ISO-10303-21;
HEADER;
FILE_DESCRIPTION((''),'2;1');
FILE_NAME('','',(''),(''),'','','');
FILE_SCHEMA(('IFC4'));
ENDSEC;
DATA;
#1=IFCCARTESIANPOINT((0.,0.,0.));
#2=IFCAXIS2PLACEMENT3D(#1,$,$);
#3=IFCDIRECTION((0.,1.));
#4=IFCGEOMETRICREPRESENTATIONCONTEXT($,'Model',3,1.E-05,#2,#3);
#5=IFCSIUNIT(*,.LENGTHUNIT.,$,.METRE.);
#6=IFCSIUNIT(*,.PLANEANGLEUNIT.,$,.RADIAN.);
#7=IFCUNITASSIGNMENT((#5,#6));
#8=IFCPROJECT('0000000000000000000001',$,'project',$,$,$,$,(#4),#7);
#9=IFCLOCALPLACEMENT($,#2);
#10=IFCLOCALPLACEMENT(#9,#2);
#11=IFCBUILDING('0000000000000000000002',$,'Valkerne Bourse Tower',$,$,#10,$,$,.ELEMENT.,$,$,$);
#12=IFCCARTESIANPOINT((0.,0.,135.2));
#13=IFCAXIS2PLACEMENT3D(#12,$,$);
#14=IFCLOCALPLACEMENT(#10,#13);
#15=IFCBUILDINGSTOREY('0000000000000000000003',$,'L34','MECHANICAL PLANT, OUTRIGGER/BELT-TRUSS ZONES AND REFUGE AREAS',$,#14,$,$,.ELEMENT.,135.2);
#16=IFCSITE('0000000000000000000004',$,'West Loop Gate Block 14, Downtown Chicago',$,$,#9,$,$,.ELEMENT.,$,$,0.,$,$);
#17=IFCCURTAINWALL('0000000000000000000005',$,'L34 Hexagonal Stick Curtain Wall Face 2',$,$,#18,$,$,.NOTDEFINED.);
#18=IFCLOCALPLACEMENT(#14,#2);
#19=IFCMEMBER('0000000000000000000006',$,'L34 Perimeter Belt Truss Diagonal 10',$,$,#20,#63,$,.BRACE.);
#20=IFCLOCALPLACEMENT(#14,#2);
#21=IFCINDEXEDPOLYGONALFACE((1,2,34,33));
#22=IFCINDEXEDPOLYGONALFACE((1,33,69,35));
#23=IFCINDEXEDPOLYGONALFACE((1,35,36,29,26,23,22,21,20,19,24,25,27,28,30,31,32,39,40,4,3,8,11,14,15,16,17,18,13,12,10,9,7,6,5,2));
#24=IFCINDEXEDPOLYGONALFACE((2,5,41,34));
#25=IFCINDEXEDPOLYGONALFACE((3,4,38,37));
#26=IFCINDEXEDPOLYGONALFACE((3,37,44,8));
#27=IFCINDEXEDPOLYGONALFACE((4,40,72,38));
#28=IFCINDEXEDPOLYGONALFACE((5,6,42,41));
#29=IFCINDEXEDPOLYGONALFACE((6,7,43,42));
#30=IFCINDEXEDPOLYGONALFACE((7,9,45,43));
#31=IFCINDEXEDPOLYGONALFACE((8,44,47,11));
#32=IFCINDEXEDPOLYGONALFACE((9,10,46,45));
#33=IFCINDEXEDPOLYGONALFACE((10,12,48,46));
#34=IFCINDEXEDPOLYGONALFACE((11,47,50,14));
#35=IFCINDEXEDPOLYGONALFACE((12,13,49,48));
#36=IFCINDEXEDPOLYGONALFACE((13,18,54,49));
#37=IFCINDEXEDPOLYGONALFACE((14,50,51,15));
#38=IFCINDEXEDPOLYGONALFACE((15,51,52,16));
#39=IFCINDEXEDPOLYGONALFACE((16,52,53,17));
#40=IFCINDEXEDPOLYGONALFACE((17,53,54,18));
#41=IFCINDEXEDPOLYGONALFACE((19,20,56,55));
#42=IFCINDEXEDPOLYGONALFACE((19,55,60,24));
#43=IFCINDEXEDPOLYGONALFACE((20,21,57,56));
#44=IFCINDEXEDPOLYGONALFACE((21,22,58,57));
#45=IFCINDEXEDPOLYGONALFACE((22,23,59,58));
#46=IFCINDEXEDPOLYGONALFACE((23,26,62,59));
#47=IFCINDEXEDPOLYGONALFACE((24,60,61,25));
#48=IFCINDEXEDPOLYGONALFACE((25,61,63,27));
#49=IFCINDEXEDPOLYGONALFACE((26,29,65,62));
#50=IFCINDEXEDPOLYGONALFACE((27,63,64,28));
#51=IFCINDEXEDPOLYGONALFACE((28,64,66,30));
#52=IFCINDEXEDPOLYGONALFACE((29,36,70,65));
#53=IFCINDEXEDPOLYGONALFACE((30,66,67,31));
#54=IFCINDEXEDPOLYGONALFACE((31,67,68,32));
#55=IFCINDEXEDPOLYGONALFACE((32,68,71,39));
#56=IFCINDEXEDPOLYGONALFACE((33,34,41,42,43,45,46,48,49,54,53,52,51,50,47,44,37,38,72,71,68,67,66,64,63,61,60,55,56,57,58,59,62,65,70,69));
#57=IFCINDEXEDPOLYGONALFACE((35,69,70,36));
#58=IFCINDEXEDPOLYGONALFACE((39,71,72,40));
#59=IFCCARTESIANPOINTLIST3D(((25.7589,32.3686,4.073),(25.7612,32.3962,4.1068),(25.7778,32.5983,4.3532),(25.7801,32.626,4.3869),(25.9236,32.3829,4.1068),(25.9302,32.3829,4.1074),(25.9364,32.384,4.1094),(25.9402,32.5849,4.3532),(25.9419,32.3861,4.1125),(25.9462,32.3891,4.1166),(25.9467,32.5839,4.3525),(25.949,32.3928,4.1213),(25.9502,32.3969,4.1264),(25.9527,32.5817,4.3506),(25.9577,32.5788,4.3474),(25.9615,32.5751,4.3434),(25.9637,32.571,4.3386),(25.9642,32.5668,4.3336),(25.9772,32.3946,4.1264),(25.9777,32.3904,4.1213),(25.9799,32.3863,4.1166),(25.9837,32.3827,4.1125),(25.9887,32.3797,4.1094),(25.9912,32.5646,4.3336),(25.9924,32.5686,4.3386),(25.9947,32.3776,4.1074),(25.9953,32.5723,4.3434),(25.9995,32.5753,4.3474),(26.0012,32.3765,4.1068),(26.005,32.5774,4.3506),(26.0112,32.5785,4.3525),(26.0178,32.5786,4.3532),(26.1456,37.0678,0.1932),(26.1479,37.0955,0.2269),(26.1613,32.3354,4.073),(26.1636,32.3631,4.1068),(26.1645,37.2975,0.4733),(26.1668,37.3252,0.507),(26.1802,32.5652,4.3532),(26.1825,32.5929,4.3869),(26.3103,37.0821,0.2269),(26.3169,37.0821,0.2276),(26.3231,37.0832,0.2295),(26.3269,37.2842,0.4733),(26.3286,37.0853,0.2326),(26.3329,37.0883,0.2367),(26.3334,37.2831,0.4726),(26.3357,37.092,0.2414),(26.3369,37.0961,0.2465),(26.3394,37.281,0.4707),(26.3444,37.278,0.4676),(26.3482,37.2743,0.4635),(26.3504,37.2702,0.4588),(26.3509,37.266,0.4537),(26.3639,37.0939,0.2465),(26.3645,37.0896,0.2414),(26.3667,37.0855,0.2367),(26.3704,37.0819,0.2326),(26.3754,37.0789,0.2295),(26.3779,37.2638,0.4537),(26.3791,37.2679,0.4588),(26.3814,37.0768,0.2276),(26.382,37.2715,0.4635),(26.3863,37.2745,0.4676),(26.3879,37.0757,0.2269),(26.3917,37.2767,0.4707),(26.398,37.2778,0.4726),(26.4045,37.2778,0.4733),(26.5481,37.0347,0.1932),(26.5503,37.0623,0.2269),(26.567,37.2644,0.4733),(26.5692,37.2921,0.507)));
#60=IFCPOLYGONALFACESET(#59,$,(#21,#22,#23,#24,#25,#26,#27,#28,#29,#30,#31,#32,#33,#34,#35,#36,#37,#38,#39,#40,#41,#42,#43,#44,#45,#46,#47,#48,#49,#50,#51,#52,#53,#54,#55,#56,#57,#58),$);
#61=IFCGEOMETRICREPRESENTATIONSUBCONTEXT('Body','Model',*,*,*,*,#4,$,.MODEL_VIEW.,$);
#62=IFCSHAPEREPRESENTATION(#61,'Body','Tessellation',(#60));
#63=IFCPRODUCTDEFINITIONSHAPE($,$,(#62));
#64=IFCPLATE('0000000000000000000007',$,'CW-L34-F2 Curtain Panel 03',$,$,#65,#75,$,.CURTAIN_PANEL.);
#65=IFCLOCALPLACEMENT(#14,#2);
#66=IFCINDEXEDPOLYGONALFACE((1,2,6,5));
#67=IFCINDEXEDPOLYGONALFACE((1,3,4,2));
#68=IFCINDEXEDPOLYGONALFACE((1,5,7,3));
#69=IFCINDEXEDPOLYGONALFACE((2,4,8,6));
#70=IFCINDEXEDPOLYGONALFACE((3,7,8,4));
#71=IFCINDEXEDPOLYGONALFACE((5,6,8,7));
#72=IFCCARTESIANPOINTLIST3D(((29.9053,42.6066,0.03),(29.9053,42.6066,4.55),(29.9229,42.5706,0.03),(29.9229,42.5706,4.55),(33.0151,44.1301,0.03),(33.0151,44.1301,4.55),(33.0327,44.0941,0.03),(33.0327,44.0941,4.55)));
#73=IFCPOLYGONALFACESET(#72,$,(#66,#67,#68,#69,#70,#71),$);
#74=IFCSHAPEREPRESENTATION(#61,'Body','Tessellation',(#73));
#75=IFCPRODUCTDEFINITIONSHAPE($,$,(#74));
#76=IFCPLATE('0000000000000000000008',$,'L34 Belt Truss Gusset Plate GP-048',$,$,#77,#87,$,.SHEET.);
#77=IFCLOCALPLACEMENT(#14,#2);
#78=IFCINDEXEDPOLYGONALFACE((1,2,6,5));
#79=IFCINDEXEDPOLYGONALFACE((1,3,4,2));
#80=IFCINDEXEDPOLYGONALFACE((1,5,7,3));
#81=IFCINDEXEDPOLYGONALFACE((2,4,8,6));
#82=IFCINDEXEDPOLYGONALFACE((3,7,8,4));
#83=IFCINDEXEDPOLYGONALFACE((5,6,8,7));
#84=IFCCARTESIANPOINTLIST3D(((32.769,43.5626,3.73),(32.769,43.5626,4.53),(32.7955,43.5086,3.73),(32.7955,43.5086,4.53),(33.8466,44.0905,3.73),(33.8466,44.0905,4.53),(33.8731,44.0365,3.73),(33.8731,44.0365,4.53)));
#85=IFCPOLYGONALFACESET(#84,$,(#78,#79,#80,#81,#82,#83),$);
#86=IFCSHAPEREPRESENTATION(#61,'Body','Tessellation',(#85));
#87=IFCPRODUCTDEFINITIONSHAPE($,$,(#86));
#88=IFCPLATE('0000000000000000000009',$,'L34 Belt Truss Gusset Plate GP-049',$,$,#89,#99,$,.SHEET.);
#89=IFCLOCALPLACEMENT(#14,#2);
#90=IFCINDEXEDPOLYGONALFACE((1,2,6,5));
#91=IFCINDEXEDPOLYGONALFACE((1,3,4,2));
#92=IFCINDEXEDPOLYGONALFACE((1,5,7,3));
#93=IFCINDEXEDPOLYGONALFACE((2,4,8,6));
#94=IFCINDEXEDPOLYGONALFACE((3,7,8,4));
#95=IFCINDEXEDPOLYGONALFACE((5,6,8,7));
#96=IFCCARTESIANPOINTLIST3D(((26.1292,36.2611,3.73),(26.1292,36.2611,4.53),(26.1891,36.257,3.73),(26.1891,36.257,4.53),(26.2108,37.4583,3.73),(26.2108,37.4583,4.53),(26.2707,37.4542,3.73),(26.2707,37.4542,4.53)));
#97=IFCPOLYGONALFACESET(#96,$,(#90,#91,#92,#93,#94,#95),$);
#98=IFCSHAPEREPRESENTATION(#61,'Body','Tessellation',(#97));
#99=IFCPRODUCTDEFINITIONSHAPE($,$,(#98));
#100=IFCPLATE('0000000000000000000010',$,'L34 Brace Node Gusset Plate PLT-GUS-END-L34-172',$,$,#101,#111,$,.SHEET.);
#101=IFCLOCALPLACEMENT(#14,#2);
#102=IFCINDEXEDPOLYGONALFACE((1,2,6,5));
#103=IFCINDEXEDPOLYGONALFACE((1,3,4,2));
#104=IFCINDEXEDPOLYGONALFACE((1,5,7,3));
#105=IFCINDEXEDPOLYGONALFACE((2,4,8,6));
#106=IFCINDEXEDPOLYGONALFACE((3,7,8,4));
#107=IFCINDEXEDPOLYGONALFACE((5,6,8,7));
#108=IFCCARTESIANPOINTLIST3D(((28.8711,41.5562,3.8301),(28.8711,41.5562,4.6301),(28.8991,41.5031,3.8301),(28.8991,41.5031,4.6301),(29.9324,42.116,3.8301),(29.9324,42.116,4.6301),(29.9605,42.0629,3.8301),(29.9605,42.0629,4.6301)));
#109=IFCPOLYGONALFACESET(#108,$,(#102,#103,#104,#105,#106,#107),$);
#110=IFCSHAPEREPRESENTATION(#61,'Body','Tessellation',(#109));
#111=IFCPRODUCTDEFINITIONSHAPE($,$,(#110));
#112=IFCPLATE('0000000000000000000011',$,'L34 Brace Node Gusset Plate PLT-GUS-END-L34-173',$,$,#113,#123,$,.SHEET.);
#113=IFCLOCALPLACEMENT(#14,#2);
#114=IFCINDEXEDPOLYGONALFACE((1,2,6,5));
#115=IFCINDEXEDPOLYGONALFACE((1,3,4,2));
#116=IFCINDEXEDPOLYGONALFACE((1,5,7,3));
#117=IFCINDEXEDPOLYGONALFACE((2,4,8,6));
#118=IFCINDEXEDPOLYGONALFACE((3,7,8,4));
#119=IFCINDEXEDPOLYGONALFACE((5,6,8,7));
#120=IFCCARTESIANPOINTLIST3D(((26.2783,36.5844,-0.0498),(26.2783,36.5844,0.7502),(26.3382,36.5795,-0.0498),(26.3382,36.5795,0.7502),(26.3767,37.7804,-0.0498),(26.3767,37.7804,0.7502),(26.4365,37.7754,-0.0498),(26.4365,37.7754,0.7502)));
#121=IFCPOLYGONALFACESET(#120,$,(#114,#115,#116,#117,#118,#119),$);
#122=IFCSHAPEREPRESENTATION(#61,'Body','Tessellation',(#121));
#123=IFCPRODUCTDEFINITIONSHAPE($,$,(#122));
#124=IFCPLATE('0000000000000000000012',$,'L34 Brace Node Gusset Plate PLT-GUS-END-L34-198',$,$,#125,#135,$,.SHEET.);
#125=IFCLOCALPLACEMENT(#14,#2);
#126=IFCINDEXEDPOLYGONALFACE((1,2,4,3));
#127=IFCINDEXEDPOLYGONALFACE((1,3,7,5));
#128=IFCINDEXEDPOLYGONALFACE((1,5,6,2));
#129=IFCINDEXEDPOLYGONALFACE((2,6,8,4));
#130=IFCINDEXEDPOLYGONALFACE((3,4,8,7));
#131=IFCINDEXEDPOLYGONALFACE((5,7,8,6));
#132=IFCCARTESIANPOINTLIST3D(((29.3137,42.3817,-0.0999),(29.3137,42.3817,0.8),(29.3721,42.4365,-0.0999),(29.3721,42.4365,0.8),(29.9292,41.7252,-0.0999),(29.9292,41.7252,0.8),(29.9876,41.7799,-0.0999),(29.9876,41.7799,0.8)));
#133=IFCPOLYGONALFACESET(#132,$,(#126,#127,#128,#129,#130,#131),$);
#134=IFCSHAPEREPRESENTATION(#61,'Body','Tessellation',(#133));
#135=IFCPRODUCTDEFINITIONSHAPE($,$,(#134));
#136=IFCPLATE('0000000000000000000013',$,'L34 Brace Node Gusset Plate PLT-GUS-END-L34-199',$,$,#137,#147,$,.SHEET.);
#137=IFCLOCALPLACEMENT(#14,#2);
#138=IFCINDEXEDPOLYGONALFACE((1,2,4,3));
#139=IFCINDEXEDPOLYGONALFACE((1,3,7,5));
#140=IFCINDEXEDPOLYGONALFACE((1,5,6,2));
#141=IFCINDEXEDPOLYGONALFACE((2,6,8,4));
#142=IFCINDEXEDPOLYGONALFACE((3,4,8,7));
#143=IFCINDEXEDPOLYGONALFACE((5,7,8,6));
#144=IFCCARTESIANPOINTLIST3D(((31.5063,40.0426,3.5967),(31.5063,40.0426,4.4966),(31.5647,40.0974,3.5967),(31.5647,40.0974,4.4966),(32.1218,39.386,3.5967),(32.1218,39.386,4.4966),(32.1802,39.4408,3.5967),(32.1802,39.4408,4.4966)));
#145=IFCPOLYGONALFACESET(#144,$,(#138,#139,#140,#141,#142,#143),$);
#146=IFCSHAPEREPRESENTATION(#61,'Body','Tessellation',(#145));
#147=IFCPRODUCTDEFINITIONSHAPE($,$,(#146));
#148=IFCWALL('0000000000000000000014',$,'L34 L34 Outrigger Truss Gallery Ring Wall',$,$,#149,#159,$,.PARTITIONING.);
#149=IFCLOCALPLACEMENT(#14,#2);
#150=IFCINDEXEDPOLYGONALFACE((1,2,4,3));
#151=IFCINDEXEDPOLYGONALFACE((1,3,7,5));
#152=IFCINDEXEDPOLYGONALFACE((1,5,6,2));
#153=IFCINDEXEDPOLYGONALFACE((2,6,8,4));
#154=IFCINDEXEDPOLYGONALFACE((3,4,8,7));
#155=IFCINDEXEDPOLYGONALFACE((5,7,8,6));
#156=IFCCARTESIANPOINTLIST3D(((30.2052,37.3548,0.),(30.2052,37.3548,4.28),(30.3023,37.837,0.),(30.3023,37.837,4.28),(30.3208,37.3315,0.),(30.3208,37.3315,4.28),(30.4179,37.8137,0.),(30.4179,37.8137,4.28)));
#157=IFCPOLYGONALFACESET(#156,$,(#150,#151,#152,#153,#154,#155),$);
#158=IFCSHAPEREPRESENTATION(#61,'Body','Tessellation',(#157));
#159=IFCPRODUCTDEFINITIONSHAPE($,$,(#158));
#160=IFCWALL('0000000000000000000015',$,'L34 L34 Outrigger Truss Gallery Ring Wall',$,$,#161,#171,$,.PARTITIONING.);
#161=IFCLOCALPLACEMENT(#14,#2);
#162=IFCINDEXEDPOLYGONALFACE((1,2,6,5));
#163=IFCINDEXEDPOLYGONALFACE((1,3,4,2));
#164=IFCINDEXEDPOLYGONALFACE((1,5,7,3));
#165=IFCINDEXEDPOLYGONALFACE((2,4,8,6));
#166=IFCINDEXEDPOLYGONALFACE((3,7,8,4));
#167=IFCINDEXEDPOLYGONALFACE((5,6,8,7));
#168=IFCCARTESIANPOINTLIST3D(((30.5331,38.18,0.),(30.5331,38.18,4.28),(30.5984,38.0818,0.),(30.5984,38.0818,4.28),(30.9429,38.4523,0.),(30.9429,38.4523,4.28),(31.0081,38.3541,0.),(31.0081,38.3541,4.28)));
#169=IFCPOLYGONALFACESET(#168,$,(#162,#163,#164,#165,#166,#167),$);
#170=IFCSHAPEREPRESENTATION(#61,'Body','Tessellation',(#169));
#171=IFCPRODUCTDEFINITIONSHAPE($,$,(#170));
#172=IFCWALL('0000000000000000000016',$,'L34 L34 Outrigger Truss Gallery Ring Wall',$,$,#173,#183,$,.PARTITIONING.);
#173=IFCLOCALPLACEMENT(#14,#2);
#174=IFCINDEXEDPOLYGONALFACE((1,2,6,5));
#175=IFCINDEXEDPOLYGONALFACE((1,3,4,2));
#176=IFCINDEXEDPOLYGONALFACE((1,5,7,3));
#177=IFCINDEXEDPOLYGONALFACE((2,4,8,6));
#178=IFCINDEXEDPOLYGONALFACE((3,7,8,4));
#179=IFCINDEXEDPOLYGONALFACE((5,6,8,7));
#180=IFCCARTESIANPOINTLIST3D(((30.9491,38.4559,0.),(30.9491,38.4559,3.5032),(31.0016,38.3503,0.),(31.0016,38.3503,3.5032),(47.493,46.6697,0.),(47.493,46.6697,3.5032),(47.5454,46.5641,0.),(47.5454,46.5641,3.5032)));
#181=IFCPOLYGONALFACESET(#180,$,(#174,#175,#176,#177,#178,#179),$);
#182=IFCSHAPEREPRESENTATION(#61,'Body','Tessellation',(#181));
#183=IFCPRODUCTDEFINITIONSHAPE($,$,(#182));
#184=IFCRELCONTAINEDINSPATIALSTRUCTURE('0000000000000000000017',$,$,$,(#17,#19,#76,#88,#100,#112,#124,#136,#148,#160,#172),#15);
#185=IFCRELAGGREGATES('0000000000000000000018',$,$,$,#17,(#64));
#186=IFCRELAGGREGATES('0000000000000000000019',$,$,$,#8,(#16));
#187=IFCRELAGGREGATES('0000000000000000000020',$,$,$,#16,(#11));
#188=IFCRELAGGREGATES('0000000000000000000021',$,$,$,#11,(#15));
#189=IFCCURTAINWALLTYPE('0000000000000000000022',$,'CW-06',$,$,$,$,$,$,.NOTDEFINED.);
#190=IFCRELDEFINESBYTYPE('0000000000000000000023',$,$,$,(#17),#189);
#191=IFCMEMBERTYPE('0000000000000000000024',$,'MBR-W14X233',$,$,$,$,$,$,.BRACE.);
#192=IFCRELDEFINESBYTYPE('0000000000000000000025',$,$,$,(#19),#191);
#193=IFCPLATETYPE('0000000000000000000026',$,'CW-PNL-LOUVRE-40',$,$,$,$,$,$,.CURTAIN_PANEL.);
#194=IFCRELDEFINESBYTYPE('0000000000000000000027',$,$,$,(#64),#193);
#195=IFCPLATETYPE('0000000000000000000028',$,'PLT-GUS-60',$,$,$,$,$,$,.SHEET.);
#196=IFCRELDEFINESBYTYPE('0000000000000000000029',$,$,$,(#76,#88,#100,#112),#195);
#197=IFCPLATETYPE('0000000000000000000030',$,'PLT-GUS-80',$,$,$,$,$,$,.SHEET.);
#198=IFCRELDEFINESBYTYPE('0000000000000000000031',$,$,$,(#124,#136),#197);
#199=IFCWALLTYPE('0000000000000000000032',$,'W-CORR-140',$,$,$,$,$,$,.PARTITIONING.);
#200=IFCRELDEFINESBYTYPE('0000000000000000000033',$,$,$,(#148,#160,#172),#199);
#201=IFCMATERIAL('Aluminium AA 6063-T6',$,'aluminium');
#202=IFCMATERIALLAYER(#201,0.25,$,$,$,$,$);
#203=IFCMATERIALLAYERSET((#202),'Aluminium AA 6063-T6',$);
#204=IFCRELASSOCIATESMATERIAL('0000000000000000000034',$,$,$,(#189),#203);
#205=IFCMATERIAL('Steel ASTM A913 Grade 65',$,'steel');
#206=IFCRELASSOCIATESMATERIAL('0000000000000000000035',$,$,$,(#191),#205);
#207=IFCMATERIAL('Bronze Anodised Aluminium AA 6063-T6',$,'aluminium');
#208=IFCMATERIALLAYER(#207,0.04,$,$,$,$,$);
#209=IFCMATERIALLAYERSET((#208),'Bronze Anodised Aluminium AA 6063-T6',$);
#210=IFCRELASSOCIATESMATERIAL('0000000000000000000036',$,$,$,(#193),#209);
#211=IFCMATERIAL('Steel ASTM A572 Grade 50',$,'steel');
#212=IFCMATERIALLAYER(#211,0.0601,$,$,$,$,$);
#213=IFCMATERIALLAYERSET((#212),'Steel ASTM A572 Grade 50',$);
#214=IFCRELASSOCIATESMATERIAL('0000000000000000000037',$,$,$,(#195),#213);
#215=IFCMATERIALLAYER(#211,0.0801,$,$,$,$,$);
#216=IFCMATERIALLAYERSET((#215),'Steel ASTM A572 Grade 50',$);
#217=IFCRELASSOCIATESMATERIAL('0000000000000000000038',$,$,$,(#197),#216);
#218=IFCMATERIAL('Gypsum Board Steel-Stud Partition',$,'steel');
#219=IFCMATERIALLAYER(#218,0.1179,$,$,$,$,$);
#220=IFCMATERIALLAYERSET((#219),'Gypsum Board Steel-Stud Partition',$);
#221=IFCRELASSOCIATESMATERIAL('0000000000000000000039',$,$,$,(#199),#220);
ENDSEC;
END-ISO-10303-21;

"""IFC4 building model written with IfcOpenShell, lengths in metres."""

from ifc_helpers import new_model, si_unit, direction, frame, frame_2d, origin, origin_2d, place, context, subcontext, project, spatial, rectangle, i_section, extrude, material, layer, layer_set, material_profile, profile_set, type_object, element, aggregate, save


model = new_model("IFC4")

# Units and contexts
model_context = context("Model", 3, precision=1e-05, world=origin(), true_north=direction((0.0, 1.0)))
body_context = subcontext(model_context, "Body", "Model", "MODEL_VIEW")
ifc_project = project(units=[si_unit("LENGTHUNIT", "METRE"), si_unit("PLANEANGLEUNIT", "RADIAN")], contexts=[model_context])

# Site, building, storey
site_placement = place(None, origin())
site = spatial("IfcSite", under=ifc_project, at=site_placement, Name="West Loop Gate Block 14, Downtown Chicago", CompositionType="ELEMENT", RefElevation=0.0)
building_placement = place(site_placement, origin())
building = spatial("IfcBuilding", under=site, at=building_placement, Name="Valkerne Bourse Tower", CompositionType="ELEMENT")
storey_placement = place(building_placement, frame((0.0, 0.0, 135.2)))
storey = spatial("IfcBuildingStorey", under=building, at=storey_placement, Name="L34", Description="MECHANICAL PLANT, OUTRIGGER/BELT-TRUSS ZONES AND REFUGE AREAS", CompositionType="ELEMENT", Elevation=135.2)

# Shared definitions
ifc_material_1 = material(Name="Steel ASTM A913 Grade 65", Category="steel")

# Curtain wall
ifc_material_2 = material(Name="Aluminium AA 6063-T6", Category="aluminium")
ifc_layer_1 = layer(ifc_material_2, 0.25)
ifc_layer_set_1 = layer_set([ifc_layer_1], Name="Aluminium AA 6063-T6")
curtain_wall_type = type_object("IfcCurtainWallType", Name="CW-06", PredefinedType="NOTDEFINED", material=ifc_layer_set_1)
curtain_wall_1_placement = place(storey_placement, origin())
curtain_wall_1 = element("IfcCurtainWall", 1, at=curtain_wall_1_placement, inside=storey, type_object=curtain_wall_type, Name="L34 Hexagonal Stick Curtain Wall Face 2", PredefinedType="NOTDEFINED")

# Member
ifc_material_profile_1 = material_profile(ifc_material_1, i_section(OverallWidth=0.4038, OverallDepth=0.4065, WebThickness=0.0271, FlangeThickness=0.0437, FilletRadius=0.0254, at=origin_2d()), Name="W14X233")
ifc_profile_set_1 = profile_set([ifc_material_profile_1], Name="Steel ASTM A913 Grade 65")
member_type_1 = type_object("IfcMemberType", Name="MBR-W14X233", PredefinedType="BRACE", material=ifc_profile_set_1)
member_1_placement = place(storey_placement, frame((26.3574, 37.1799, 0.3501), z_axis=(-0.063332, -0.769581, 0.6354), x_axis=(0.996631, -0.082017, 0.0)))
element("IfcMember", 2, at=member_1_placement, inside=storey, type_object=member_type_1, Name="L34 Perimeter Belt Truss Diagonal 10", PredefinedType="BRACE", context=body_context, shape_type="SweptSolid", body=[
    extrude(i_section(OverallWidth=0.4038, OverallDepth=0.4065, WebThickness=0.0271, FlangeThickness=0.0437, FilletRadius=0.0254, at=origin_2d()), origin(), (0.0, 0.0, 1.0), 6.1062),
])

# Plate
ifc_material_3 = material(Name="Bronze Anodised Aluminium AA 6063-T6", Category="aluminium")
ifc_layer_2 = layer(ifc_material_3, 0.04)
ifc_layer_set_2 = layer_set([ifc_layer_2], Name="Bronze Anodised Aluminium AA 6063-T6")
plate_type_1 = type_object("IfcPlateType", Name="CW-PNL-LOUVRE-40", PredefinedType="CURTAIN_PANEL", material=ifc_layer_set_2)
plate_placement = place(storey_placement, frame((31.469, 43.3503, 0.03), z_axis=(0.0, 0.0, 1.0), x_axis=(-0.898021, -0.439953, 0.0)))
plate = element("IfcPlate", 3, at=plate_placement, type_object=plate_type_1, Name="CW-L34-F2 Curtain Panel 03", PredefinedType="CURTAIN_PANEL", context=body_context, shape_type="SweptSolid", body=[
    extrude(rectangle(XDim=3.4629, YDim=0.04, at=origin_2d()), origin(), (0.0, 0.0, 1.0), 4.52),
])
aggregate(curtain_wall_1, [plate])

# Plates
ifc_material_4 = material(Name="Steel ASTM A572 Grade 50", Category="steel")
ifc_layer_3 = layer(ifc_material_4, 0.0601)
ifc_layer_set_3 = layer_set([ifc_layer_3], Name="Steel ASTM A572 Grade 50")
plate_type_2 = type_object("IfcPlateType", Name="PLT-GUS-60", PredefinedType="SHEET", material=ifc_layer_set_3)
for number, where, z_axis, x_axis, name in (
    (4, (33.321, 43.7996, 3.73), (0.0, 0.0, 1.0), (-0.898028, -0.439939, 0.0), "L34 Belt Truss Gusset Plate GP-048"),
    (5, (26.2, 36.8577, 3.73), (0.0, 0.0, 1.0), (-0.068015, -0.997684, 0.0), "L34 Belt Truss Gusset Plate GP-049"),
    (6, (29.4158, 41.8096, 3.8301), (0.0, 0.0, 1.0), (-0.8845, -0.466541, 0.0), "L34 Brace Node Gusset Plate PLT-GUS-END-L34-172"),
    (7, (26.3574, 37.1799, -0.0498), (0.0, 0.0, 1.0), (-0.081939, -0.996637, 0.0), "L34 Brace Node Gusset Plate PLT-GUS-END-L34-173"),
):
    element("IfcPlate", number, at=place(storey_placement, frame(where, z_axis=z_axis, x_axis=x_axis)), inside=storey, type_object=plate_type_2, Name=name, PredefinedType="SHEET", context=body_context, shape_type="SweptSolid", body=[
        extrude(rectangle(XDim=1.2, YDim=0.0601, at=origin_2d()), origin(), (0.0, 0.0, 1.0), 0.8),
    ])
ifc_layer_4 = layer(ifc_material_4, 0.0801)
ifc_layer_set_4 = layer_set([ifc_layer_4], Name="Steel ASTM A572 Grade 50")
plate_type_3 = type_object("IfcPlateType", Name="PLT-GUS-80", PredefinedType="SHEET", material=ifc_layer_set_4)
for number, where, z_axis, x_axis, name in (
    (8, (29.6506, 42.0808, -0.0999), (0.0, 0.0, 1.0), (0.683911, -0.729566, 0.0), "L34 Brace Node Gusset Plate PLT-GUS-END-L34-198"),
    (9, (31.8433, 39.7417, 3.5967), (0.0, 0.0, 1.0), (0.683911, -0.729566, 0.0), "L34 Brace Node Gusset Plate PLT-GUS-END-L34-199"),
):
    element("IfcPlate", number, at=place(storey_placement, frame(where, z_axis=z_axis, x_axis=x_axis)), inside=storey, type_object=plate_type_3, Name=name, PredefinedType="SHEET", context=body_context, shape_type="SweptSolid", body=[
        extrude(rectangle(XDim=0.8999, YDim=0.0801, at=origin_2d()), origin(), (0.0, 0.0, 1.0), 0.8999),
    ])

# Walls
ifc_material_5 = material(Name="Gypsum Board Steel-Stud Partition", Category="steel")
ifc_layer_5 = layer(ifc_material_5, 0.1179)
ifc_layer_set_5 = layer_set([ifc_layer_5], Name="Gypsum Board Steel-Stud Partition")
wall_type = type_object("IfcWallType", Name="W-CORR-140", PredefinedType="PARTITIONING", material=ifc_layer_set_5)
for number, where, z_axis, x_axis, name in (
    (10, (30.2629, 37.343, 0.0), (0.0, 0.0, 1.0), (0.197548, 0.980293, 0.0), "L34 L34 Outrigger Truss Gallery Ring Wall"),
    (11, (30.5657, 38.1309, 0.0), (0.0, 0.0, 1.0), (0.832889, 0.55344, 0.0), "L34 L34 Outrigger Truss Gallery Ring Wall"),
):
    element("IfcWall", number, at=place(storey_placement, frame(where, z_axis=z_axis, x_axis=x_axis)), inside=storey, type_object=wall_type, Name=name, PredefinedType="PARTITIONING", context=body_context, shape_type="SweptSolid", body=[
        extrude(rectangle(XDim=0.4919, YDim=0.1179, at=frame_2d((0.2461, 0.0))), origin(), (0.0, 0.0, 1.0), 4.28),
    ])
wall_placement = place(storey_placement, frame((30.9753, 38.4031, 0.0), z_axis=(0.0, 0.0, 1.0), x_axis=(0.895682, 0.444695, 0.0)))
element("IfcWall", 12, at=wall_placement, inside=storey, type_object=wall_type, Name="L34 L34 Outrigger Truss Gallery Ring Wall", PredefinedType="PARTITIONING", context=body_context, shape_type="SweptSolid", body=[
    extrude(rectangle(XDim=18.4707, YDim=0.1179, at=frame_2d((9.2354, 0.0))), origin(), (0.0, 0.0, 1.0), 3.5032),
])

save(model, "model.ifc")
